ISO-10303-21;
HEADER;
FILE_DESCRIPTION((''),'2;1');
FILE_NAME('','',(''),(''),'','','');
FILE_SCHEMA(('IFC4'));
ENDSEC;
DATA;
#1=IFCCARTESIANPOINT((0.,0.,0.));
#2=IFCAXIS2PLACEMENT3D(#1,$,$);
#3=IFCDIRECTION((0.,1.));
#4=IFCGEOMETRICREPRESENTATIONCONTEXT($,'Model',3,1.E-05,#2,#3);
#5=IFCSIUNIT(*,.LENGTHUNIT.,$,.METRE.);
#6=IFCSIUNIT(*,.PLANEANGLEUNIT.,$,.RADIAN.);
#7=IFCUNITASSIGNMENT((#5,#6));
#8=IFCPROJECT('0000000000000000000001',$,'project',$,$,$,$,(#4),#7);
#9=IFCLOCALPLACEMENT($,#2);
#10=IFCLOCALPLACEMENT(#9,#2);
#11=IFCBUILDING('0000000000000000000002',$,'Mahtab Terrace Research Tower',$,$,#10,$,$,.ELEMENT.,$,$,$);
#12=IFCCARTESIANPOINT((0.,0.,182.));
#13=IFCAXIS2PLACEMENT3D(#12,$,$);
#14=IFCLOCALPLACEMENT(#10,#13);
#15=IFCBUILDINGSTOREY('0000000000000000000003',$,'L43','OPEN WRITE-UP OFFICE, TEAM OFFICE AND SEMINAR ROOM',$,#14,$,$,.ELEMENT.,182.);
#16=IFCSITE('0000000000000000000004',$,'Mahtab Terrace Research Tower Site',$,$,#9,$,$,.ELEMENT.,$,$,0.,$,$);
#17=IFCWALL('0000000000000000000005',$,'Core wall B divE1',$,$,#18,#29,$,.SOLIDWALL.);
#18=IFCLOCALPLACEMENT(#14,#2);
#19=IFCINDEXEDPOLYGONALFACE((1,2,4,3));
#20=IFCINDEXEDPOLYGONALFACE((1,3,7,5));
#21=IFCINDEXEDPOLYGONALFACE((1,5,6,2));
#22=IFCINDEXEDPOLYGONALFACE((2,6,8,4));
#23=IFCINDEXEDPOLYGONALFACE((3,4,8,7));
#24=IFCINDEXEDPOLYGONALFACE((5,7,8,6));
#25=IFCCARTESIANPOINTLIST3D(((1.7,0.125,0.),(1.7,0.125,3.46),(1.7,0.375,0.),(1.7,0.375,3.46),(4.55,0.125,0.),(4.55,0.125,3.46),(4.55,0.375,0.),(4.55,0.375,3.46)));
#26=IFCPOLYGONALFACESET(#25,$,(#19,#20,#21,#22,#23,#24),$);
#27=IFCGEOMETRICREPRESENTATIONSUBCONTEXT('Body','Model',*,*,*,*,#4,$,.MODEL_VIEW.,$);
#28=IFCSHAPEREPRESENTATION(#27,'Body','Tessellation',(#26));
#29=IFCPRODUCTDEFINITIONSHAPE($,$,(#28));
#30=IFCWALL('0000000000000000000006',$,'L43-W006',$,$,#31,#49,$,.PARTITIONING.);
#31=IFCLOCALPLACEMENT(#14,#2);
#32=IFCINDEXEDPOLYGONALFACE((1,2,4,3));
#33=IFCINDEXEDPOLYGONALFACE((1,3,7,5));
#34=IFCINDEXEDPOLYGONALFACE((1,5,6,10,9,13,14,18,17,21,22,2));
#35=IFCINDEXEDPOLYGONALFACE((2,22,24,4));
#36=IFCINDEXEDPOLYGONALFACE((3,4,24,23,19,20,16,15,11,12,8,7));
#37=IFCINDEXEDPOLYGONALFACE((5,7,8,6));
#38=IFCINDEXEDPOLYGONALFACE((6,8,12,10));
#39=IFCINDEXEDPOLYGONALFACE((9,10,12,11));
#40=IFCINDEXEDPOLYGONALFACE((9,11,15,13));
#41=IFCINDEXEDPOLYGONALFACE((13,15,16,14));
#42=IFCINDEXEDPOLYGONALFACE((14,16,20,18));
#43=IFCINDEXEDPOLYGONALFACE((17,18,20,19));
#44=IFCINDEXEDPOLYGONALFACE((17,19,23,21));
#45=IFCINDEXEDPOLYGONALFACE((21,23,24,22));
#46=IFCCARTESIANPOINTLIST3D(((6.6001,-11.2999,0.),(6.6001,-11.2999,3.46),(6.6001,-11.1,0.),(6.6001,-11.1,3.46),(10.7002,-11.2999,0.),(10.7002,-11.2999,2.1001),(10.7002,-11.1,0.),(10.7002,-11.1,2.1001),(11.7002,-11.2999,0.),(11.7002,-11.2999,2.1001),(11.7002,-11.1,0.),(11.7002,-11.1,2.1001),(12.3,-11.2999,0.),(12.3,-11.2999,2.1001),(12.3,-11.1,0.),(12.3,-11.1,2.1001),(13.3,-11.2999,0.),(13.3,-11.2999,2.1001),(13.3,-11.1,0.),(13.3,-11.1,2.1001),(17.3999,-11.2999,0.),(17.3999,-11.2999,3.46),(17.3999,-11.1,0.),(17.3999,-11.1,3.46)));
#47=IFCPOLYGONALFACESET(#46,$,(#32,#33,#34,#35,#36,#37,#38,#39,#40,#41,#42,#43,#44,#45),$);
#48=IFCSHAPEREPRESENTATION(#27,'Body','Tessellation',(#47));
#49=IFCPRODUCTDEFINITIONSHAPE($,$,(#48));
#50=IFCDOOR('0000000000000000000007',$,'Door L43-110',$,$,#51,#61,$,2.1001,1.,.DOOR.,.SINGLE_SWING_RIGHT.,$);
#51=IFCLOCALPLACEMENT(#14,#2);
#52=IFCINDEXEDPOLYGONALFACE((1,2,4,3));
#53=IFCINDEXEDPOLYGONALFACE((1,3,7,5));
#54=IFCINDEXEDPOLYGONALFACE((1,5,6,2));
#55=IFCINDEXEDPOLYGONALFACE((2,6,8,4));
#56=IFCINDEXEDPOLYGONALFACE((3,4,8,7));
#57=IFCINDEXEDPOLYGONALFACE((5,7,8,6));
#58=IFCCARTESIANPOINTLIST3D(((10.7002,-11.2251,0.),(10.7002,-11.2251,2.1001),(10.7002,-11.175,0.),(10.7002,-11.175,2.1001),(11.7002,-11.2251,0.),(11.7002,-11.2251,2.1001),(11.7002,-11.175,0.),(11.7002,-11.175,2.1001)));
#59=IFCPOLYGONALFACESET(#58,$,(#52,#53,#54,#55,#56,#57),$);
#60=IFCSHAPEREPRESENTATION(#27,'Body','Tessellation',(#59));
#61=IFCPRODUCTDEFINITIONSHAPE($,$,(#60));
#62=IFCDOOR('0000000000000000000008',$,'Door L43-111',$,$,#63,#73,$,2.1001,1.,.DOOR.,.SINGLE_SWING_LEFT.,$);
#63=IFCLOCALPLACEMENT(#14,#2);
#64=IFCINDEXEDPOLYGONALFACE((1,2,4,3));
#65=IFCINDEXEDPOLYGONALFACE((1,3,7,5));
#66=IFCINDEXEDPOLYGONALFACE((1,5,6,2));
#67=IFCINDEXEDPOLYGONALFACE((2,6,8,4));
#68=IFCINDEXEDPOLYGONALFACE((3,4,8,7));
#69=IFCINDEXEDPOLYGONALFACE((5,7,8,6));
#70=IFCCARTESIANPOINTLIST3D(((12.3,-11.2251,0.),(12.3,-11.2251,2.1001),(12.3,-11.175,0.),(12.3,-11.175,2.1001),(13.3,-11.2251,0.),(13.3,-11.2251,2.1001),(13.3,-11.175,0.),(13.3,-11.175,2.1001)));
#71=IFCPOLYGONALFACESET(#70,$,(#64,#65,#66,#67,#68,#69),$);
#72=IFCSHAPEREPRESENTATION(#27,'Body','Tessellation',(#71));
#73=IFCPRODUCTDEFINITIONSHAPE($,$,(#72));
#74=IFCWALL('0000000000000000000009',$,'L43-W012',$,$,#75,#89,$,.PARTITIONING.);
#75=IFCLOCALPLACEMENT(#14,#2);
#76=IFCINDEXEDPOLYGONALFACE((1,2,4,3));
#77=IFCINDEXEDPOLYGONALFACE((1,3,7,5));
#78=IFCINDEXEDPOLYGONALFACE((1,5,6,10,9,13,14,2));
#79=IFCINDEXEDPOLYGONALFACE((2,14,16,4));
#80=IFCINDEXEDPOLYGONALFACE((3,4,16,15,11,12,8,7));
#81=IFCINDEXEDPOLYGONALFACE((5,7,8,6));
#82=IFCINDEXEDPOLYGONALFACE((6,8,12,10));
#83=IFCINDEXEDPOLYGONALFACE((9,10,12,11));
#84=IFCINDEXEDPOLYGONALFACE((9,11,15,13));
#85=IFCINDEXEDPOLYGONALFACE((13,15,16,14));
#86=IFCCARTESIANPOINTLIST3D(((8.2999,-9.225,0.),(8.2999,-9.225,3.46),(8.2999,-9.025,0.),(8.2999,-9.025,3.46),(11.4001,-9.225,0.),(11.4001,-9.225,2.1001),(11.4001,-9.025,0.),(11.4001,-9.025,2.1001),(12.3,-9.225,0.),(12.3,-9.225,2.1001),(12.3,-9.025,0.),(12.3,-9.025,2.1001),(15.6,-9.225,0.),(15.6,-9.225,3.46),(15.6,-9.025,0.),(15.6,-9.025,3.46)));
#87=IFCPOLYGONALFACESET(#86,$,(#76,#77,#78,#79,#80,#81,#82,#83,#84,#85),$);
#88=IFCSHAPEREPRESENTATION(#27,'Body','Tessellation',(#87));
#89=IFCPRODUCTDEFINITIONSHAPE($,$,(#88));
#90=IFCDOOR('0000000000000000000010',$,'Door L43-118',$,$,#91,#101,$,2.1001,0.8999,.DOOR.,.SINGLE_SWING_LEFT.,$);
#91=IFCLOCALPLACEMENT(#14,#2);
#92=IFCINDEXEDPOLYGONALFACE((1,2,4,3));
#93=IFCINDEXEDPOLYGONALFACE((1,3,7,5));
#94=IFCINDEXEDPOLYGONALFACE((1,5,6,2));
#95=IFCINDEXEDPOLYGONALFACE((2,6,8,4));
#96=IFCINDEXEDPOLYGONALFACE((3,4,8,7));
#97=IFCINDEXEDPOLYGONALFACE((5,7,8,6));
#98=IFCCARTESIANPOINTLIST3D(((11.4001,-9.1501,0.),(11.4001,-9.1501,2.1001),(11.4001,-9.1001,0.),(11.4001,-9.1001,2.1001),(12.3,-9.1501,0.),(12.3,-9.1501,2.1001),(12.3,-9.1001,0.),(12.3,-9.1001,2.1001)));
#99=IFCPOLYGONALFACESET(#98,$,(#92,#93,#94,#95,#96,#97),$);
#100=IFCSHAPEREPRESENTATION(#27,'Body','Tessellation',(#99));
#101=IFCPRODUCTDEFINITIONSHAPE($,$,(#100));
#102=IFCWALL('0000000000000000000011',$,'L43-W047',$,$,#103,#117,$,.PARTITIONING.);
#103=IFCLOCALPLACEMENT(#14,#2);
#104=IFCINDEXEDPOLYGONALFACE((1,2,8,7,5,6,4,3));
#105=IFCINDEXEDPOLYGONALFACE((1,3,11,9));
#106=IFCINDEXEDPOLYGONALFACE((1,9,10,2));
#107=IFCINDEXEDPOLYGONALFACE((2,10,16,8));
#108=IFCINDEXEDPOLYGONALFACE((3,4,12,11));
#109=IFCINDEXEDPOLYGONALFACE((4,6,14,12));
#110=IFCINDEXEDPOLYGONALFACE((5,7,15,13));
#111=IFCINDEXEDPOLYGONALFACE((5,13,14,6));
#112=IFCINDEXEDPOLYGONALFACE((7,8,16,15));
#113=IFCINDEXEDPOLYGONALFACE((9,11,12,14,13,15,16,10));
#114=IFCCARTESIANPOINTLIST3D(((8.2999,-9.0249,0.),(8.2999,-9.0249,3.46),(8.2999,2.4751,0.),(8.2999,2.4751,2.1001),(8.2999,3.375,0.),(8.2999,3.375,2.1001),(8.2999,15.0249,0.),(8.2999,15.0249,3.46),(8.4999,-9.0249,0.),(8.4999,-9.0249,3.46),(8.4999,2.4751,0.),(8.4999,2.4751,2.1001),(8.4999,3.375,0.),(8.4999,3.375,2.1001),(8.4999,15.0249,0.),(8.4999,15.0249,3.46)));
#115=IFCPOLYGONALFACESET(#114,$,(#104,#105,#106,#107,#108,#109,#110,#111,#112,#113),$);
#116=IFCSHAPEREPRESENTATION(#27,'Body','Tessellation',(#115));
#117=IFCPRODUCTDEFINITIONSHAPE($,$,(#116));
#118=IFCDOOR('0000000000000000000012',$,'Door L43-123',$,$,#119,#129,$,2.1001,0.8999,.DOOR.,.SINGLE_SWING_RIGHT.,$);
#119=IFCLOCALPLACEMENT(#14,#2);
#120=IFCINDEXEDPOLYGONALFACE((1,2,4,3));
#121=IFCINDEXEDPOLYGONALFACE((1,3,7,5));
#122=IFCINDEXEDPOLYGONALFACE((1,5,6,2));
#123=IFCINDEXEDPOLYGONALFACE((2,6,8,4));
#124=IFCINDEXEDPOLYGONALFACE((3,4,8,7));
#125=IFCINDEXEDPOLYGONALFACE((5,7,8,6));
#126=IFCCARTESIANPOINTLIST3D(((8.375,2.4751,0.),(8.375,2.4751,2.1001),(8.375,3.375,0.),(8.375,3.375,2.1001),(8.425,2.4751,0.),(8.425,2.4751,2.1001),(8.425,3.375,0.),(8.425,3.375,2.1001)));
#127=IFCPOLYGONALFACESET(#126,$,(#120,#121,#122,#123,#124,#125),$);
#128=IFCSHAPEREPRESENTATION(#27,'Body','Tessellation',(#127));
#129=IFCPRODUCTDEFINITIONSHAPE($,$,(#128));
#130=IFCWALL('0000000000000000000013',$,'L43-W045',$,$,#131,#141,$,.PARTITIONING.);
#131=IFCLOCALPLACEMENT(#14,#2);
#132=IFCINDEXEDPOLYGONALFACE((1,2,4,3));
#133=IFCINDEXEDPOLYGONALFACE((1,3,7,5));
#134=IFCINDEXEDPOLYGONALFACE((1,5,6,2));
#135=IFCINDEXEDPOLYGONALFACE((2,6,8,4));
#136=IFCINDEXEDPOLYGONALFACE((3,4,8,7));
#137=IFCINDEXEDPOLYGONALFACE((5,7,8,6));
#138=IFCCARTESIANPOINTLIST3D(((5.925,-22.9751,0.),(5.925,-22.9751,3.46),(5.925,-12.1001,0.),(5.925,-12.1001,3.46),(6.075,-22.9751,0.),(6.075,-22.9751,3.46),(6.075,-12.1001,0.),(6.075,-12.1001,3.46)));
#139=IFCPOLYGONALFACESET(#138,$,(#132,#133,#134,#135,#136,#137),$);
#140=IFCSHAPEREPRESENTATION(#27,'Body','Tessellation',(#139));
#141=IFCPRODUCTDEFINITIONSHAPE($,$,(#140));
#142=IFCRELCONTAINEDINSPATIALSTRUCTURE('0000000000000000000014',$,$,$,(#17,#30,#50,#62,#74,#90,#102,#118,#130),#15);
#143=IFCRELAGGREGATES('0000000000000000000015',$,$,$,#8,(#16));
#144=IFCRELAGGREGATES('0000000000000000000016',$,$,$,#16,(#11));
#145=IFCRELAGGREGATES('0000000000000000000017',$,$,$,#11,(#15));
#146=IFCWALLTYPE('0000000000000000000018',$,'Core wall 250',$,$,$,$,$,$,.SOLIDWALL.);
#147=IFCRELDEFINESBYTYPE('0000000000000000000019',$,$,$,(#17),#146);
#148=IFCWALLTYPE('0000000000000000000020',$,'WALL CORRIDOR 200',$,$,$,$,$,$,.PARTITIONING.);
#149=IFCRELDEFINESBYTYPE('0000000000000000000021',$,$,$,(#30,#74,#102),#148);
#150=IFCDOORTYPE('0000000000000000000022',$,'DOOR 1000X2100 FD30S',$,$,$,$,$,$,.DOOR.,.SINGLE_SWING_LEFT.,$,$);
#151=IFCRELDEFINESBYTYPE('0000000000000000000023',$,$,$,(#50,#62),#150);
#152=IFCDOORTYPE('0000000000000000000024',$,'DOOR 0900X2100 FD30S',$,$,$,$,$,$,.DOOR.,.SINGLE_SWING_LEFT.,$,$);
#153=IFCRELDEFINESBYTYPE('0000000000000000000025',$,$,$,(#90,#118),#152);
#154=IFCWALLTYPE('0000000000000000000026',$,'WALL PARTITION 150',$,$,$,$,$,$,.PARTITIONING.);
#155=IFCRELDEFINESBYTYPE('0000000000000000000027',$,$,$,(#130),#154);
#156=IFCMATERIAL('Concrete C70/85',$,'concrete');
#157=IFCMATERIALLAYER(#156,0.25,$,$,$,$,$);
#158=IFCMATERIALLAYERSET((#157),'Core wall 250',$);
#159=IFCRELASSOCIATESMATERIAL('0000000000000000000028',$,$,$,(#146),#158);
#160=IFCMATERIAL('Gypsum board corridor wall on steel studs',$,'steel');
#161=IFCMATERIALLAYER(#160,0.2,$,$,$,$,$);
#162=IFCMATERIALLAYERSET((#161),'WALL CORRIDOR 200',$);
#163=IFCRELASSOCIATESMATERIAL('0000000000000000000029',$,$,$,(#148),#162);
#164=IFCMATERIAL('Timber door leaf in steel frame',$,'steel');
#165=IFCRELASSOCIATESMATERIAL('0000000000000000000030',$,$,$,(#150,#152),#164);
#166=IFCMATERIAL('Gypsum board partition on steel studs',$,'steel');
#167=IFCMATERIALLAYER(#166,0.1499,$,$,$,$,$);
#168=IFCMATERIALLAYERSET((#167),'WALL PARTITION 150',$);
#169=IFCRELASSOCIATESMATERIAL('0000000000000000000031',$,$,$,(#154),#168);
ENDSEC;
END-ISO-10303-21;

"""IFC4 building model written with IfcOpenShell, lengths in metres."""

from ifc_helpers import new_model, si_unit, direction, frame, frame_2d, origin, place, context, subcontext, project, spatial, rectangle, extrude, material, layer, layer_set, type_object, element, fill, save


model = new_model("IFC4")

# Units and contexts
model_context = context("Model", 3, precision=1e-05, world=origin(), true_north=direction((0.0, 1.0)))
body_context = subcontext(model_context, "Body", "Model", "MODEL_VIEW")
ifc_project = project(units=[si_unit("LENGTHUNIT", "METRE"), si_unit("PLANEANGLEUNIT", "RADIAN")], contexts=[model_context])

# Site, building, storey
site_placement = place(None, origin())
site = spatial("IfcSite", under=ifc_project, at=site_placement, Name="Mahtab Terrace Research Tower Site", CompositionType="ELEMENT", RefElevation=0.0)
building_placement = place(site_placement, origin())
building = spatial("IfcBuilding", under=site, at=building_placement, Name="Mahtab Terrace Research Tower", CompositionType="ELEMENT")
storey_placement = place(building_placement, frame((0.0, 0.0, 182.0)))
storey = spatial("IfcBuildingStorey", under=building, at=storey_placement, Name="L43", Description="OPEN WRITE-UP OFFICE, TEAM OFFICE AND SEMINAR ROOM", CompositionType="ELEMENT", Elevation=182.0)

# Shared definitions
ifc_material_1 = material(Name="Concrete C70/85", Category="concrete")

# Shared definitions
ifc_layer_1 = layer(ifc_material_1, 0.25)
ifc_layer_set_1 = layer_set([ifc_layer_1], Name="Core wall 250")
wall_type_1 = type_object("IfcWallType", Name="Core wall 250", PredefinedType="SOLIDWALL", material=ifc_layer_set_1)

# Wall
for number, where, z_axis, x_axis, name in (
    (1, (1.7, 0.25, 0.0), (0.0, 0.0, 1.0), (1.0, 0.0, 0.0), "Core wall B divE1"),
):
    element("IfcWall", number, at=place(storey_placement, frame(where, z_axis=z_axis, x_axis=x_axis)), inside=storey, type_object=wall_type_1, Name=name, PredefinedType="SOLIDWALL", context=body_context, shape_type="SweptSolid", body=[
        extrude(rectangle(XDim=2.8501, YDim=0.25, at=frame_2d((1.425, 0.0))), origin(), (0.0, 0.0, 1.0), 3.46),
    ])

# Wall, openings, doors
ifc_material_2 = material(Name="Gypsum board corridor wall on steel studs", Category="steel")
ifc_layer_2 = layer(ifc_material_2, 0.2)
ifc_layer_set_2 = layer_set([ifc_layer_2], Name="WALL CORRIDOR 200")
wall_type_2 = type_object("IfcWallType", Name="WALL CORRIDOR 200", PredefinedType="PARTITIONING", material=ifc_layer_set_2)
wall_1_placement = place(storey_placement, frame((6.6001, -11.2, 0.0), z_axis=(0.0, 0.0, 1.0), x_axis=(1.0, 0.0, 0.0)))
wall_1 = element("IfcWall", 2, at=wall_1_placement, inside=storey, type_object=wall_type_2, Name="L43-W006", PredefinedType="PARTITIONING", context=body_context, shape_type="SweptSolid", body=[
    extrude(rectangle(XDim=10.7998, YDim=0.2, at=frame_2d((5.3999, 0.0))), origin(), (0.0, 0.0, 1.0), 3.46),
])
opening_1_placement = place(wall_1_placement, frame((4.1001, 0.0, 0.0)))
opening_1 = element("IfcOpeningElement", 3, at=opening_1_placement, cuts=wall_1, PredefinedType="OPENING", context=body_context, shape_type="SweptSolid", body=[
    extrude(rectangle(XDim=1.0, YDim=2.1001, at=frame_2d((0.5, 1.05))), frame((0.0, 0.1099, 0.0), z_axis=(0.0, -1.0, 0.0), x_axis=(1.0, 0.0, 0.0)), (0.0, 0.0, 1.0), 0.22),
])
opening_2_placement = place(wall_1_placement, frame((5.7, 0.0, 0.0)))
opening_2 = element("IfcOpeningElement", 4, at=opening_2_placement, cuts=wall_1, PredefinedType="OPENING", context=body_context, shape_type="SweptSolid", body=[
    extrude(rectangle(XDim=1.0, YDim=2.1001, at=frame_2d((0.5, 1.05))), frame((0.0, 0.1099, 0.0), z_axis=(0.0, -1.0, 0.0), x_axis=(1.0, 0.0, 0.0)), (0.0, 0.0, 1.0), 0.22),
])
ifc_material_3 = material(Name="Timber door leaf in steel frame", Category="steel")
door_type_1 = type_object("IfcDoorType", Name="DOOR 1000X2100 FD30S", OperationType="SINGLE_SWING_LEFT", PredefinedType="DOOR", material=ifc_material_3)
door_1_placement = place(opening_1_placement, origin())
door_1 = element("IfcDoor", 5, at=door_1_placement, inside=storey, type_object=door_type_1, Name="Door L43-110", OperationType="SINGLE_SWING_RIGHT", OverallHeight=2.1001, OverallWidth=1.0, PredefinedType="DOOR", context=body_context, shape_type="SweptSolid", body=[
    extrude(rectangle(XDim=1.0, YDim=2.1001, at=frame_2d((0.5, 1.05))), frame((0.0, 0.0249, 0.0), z_axis=(0.0, -1.0, 0.0), x_axis=(1.0, 0.0, 0.0)), (0.0, 0.0, 1.0), 0.05),
])
fill(opening_1, door_1)
door_2_placement = place(opening_2_placement, origin())
door_2 = element("IfcDoor", 6, at=door_2_placement, inside=storey, type_object=door_type_1, Name="Door L43-111", OperationType="SINGLE_SWING_LEFT", OverallHeight=2.1001, OverallWidth=1.0, PredefinedType="DOOR", context=body_context, shape_type="SweptSolid", body=[
    extrude(rectangle(XDim=1.0, YDim=2.1001, at=frame_2d((0.5, 1.05))), frame((0.0, 0.0249, 0.0), z_axis=(0.0, -1.0, 0.0), x_axis=(1.0, 0.0, 0.0)), (0.0, 0.0, 1.0), 0.05),
])
fill(opening_2, door_2)

# Walls, openings, doors
wall_2_placement = place(storey_placement, frame((8.3, -9.125, 0.0), z_axis=(0.0, 0.0, 1.0), x_axis=(1.0, 0.0, 0.0)))
wall_2 = element("IfcWall", 7, at=wall_2_placement, inside=storey, type_object=wall_type_2, Name="L43-W012", PredefinedType="PARTITIONING", context=body_context, shape_type="SweptSolid", body=[
    extrude(rectangle(XDim=7.3, YDim=0.2, at=frame_2d((3.6499, 0.0))), origin(), (0.0, 0.0, 1.0), 3.46),
])
opening_3_placement = place(wall_2_placement, frame((3.1001, 0.0, 0.0)))
opening_3 = element("IfcOpeningElement", 8, at=opening_3_placement, cuts=wall_2, PredefinedType="OPENING", context=body_context, shape_type="SweptSolid", body=[
    extrude(rectangle(XDim=0.8999, YDim=2.1001, at=frame_2d((0.45, 1.05))), frame((0.0, 0.1099, 0.0), z_axis=(0.0, -1.0, 0.0), x_axis=(1.0, 0.0, 0.0)), (0.0, 0.0, 1.0), 0.22),
])
door_type_2 = type_object("IfcDoorType", Name="DOOR 0900X2100 FD30S", OperationType="SINGLE_SWING_LEFT", PredefinedType="DOOR", material=ifc_material_3)
door_3_placement = place(opening_3_placement, origin())
door_3 = element("IfcDoor", 9, at=door_3_placement, inside=storey, type_object=door_type_2, Name="Door L43-118", OperationType="SINGLE_SWING_LEFT", OverallHeight=2.1001, OverallWidth=0.8999, PredefinedType="DOOR", context=body_context, shape_type="SweptSolid", body=[
    extrude(rectangle(XDim=0.8999, YDim=2.1001, at=frame_2d((0.45, 1.05))), frame((0.0, 0.0249, 0.0), z_axis=(0.0, -1.0, 0.0), x_axis=(1.0, 0.0, 0.0)), (0.0, 0.0, 1.0), 0.05),
])
fill(opening_3, door_3)
wall_3_placement = place(storey_placement, frame((8.3999, -9.0249, 0.0), z_axis=(0.0, 0.0, 1.0), x_axis=(0.0, 1.0, 0.0)))
wall_3 = element("IfcWall", 10, at=wall_3_placement, inside=storey, type_object=wall_type_2, Name="L43-W047", PredefinedType="PARTITIONING", context=body_context, shape_type="SweptSolid", body=[
    extrude(rectangle(XDim=24.0498, YDim=0.2, at=frame_2d((12.0249, 0.0))), origin(), (0.0, 0.0, 1.0), 3.46),
])
opening_4_placement = place(wall_3_placement, frame((11.5, 0.0, 0.0)))
opening_4 = element("IfcOpeningElement", 11, at=opening_4_placement, cuts=wall_3, PredefinedType="OPENING", context=body_context, shape_type="SweptSolid", body=[
    extrude(rectangle(XDim=0.8999, YDim=2.1001, at=frame_2d((0.45, 1.05))), frame((0.0, 0.1099, 0.0), z_axis=(0.0, -1.0, 0.0), x_axis=(1.0, 0.0, 0.0)), (0.0, 0.0, 1.0), 0.22),
])
door_4_placement = place(opening_4_placement, origin())
door_4 = element("IfcDoor", 12, at=door_4_placement, inside=storey, type_object=door_type_2, Name="Door L43-123", OperationType="SINGLE_SWING_RIGHT", OverallHeight=2.1001, OverallWidth=0.8999, PredefinedType="DOOR", context=body_context, shape_type="SweptSolid", body=[
    extrude(rectangle(XDim=0.8999, YDim=2.1001, at=frame_2d((0.45, 1.05))), frame((0.0, 0.0249, 0.0), z_axis=(0.0, -1.0, 0.0), x_axis=(1.0, 0.0, 0.0)), (0.0, 0.0, 1.0), 0.05),
])
fill(opening_4, door_4)

# Wall
ifc_material_4 = material(Name="Gypsum board partition on steel studs", Category="steel")
ifc_layer_3 = layer(ifc_material_4, 0.1499)
ifc_layer_set_3 = layer_set([ifc_layer_3], Name="WALL PARTITION 150")
wall_type_3 = type_object("IfcWallType", Name="WALL PARTITION 150", PredefinedType="PARTITIONING", material=ifc_layer_set_3)
wall_4_placement = place(storey_placement, frame((6.0, -22.9751, 0.0), z_axis=(0.0, 0.0, 1.0), x_axis=(0.0, 1.0, 0.0)))
element("IfcWall", 13, at=wall_4_placement, inside=storey, type_object=wall_type_3, Name="L43-W045", PredefinedType="PARTITIONING", context=body_context, shape_type="SweptSolid", body=[
    extrude(rectangle(XDim=10.875, YDim=0.1499, at=frame_2d((5.4375, 0.0))), origin(), (0.0, 0.0, 1.0), 3.46),
])

save(model, "model.ifc")
